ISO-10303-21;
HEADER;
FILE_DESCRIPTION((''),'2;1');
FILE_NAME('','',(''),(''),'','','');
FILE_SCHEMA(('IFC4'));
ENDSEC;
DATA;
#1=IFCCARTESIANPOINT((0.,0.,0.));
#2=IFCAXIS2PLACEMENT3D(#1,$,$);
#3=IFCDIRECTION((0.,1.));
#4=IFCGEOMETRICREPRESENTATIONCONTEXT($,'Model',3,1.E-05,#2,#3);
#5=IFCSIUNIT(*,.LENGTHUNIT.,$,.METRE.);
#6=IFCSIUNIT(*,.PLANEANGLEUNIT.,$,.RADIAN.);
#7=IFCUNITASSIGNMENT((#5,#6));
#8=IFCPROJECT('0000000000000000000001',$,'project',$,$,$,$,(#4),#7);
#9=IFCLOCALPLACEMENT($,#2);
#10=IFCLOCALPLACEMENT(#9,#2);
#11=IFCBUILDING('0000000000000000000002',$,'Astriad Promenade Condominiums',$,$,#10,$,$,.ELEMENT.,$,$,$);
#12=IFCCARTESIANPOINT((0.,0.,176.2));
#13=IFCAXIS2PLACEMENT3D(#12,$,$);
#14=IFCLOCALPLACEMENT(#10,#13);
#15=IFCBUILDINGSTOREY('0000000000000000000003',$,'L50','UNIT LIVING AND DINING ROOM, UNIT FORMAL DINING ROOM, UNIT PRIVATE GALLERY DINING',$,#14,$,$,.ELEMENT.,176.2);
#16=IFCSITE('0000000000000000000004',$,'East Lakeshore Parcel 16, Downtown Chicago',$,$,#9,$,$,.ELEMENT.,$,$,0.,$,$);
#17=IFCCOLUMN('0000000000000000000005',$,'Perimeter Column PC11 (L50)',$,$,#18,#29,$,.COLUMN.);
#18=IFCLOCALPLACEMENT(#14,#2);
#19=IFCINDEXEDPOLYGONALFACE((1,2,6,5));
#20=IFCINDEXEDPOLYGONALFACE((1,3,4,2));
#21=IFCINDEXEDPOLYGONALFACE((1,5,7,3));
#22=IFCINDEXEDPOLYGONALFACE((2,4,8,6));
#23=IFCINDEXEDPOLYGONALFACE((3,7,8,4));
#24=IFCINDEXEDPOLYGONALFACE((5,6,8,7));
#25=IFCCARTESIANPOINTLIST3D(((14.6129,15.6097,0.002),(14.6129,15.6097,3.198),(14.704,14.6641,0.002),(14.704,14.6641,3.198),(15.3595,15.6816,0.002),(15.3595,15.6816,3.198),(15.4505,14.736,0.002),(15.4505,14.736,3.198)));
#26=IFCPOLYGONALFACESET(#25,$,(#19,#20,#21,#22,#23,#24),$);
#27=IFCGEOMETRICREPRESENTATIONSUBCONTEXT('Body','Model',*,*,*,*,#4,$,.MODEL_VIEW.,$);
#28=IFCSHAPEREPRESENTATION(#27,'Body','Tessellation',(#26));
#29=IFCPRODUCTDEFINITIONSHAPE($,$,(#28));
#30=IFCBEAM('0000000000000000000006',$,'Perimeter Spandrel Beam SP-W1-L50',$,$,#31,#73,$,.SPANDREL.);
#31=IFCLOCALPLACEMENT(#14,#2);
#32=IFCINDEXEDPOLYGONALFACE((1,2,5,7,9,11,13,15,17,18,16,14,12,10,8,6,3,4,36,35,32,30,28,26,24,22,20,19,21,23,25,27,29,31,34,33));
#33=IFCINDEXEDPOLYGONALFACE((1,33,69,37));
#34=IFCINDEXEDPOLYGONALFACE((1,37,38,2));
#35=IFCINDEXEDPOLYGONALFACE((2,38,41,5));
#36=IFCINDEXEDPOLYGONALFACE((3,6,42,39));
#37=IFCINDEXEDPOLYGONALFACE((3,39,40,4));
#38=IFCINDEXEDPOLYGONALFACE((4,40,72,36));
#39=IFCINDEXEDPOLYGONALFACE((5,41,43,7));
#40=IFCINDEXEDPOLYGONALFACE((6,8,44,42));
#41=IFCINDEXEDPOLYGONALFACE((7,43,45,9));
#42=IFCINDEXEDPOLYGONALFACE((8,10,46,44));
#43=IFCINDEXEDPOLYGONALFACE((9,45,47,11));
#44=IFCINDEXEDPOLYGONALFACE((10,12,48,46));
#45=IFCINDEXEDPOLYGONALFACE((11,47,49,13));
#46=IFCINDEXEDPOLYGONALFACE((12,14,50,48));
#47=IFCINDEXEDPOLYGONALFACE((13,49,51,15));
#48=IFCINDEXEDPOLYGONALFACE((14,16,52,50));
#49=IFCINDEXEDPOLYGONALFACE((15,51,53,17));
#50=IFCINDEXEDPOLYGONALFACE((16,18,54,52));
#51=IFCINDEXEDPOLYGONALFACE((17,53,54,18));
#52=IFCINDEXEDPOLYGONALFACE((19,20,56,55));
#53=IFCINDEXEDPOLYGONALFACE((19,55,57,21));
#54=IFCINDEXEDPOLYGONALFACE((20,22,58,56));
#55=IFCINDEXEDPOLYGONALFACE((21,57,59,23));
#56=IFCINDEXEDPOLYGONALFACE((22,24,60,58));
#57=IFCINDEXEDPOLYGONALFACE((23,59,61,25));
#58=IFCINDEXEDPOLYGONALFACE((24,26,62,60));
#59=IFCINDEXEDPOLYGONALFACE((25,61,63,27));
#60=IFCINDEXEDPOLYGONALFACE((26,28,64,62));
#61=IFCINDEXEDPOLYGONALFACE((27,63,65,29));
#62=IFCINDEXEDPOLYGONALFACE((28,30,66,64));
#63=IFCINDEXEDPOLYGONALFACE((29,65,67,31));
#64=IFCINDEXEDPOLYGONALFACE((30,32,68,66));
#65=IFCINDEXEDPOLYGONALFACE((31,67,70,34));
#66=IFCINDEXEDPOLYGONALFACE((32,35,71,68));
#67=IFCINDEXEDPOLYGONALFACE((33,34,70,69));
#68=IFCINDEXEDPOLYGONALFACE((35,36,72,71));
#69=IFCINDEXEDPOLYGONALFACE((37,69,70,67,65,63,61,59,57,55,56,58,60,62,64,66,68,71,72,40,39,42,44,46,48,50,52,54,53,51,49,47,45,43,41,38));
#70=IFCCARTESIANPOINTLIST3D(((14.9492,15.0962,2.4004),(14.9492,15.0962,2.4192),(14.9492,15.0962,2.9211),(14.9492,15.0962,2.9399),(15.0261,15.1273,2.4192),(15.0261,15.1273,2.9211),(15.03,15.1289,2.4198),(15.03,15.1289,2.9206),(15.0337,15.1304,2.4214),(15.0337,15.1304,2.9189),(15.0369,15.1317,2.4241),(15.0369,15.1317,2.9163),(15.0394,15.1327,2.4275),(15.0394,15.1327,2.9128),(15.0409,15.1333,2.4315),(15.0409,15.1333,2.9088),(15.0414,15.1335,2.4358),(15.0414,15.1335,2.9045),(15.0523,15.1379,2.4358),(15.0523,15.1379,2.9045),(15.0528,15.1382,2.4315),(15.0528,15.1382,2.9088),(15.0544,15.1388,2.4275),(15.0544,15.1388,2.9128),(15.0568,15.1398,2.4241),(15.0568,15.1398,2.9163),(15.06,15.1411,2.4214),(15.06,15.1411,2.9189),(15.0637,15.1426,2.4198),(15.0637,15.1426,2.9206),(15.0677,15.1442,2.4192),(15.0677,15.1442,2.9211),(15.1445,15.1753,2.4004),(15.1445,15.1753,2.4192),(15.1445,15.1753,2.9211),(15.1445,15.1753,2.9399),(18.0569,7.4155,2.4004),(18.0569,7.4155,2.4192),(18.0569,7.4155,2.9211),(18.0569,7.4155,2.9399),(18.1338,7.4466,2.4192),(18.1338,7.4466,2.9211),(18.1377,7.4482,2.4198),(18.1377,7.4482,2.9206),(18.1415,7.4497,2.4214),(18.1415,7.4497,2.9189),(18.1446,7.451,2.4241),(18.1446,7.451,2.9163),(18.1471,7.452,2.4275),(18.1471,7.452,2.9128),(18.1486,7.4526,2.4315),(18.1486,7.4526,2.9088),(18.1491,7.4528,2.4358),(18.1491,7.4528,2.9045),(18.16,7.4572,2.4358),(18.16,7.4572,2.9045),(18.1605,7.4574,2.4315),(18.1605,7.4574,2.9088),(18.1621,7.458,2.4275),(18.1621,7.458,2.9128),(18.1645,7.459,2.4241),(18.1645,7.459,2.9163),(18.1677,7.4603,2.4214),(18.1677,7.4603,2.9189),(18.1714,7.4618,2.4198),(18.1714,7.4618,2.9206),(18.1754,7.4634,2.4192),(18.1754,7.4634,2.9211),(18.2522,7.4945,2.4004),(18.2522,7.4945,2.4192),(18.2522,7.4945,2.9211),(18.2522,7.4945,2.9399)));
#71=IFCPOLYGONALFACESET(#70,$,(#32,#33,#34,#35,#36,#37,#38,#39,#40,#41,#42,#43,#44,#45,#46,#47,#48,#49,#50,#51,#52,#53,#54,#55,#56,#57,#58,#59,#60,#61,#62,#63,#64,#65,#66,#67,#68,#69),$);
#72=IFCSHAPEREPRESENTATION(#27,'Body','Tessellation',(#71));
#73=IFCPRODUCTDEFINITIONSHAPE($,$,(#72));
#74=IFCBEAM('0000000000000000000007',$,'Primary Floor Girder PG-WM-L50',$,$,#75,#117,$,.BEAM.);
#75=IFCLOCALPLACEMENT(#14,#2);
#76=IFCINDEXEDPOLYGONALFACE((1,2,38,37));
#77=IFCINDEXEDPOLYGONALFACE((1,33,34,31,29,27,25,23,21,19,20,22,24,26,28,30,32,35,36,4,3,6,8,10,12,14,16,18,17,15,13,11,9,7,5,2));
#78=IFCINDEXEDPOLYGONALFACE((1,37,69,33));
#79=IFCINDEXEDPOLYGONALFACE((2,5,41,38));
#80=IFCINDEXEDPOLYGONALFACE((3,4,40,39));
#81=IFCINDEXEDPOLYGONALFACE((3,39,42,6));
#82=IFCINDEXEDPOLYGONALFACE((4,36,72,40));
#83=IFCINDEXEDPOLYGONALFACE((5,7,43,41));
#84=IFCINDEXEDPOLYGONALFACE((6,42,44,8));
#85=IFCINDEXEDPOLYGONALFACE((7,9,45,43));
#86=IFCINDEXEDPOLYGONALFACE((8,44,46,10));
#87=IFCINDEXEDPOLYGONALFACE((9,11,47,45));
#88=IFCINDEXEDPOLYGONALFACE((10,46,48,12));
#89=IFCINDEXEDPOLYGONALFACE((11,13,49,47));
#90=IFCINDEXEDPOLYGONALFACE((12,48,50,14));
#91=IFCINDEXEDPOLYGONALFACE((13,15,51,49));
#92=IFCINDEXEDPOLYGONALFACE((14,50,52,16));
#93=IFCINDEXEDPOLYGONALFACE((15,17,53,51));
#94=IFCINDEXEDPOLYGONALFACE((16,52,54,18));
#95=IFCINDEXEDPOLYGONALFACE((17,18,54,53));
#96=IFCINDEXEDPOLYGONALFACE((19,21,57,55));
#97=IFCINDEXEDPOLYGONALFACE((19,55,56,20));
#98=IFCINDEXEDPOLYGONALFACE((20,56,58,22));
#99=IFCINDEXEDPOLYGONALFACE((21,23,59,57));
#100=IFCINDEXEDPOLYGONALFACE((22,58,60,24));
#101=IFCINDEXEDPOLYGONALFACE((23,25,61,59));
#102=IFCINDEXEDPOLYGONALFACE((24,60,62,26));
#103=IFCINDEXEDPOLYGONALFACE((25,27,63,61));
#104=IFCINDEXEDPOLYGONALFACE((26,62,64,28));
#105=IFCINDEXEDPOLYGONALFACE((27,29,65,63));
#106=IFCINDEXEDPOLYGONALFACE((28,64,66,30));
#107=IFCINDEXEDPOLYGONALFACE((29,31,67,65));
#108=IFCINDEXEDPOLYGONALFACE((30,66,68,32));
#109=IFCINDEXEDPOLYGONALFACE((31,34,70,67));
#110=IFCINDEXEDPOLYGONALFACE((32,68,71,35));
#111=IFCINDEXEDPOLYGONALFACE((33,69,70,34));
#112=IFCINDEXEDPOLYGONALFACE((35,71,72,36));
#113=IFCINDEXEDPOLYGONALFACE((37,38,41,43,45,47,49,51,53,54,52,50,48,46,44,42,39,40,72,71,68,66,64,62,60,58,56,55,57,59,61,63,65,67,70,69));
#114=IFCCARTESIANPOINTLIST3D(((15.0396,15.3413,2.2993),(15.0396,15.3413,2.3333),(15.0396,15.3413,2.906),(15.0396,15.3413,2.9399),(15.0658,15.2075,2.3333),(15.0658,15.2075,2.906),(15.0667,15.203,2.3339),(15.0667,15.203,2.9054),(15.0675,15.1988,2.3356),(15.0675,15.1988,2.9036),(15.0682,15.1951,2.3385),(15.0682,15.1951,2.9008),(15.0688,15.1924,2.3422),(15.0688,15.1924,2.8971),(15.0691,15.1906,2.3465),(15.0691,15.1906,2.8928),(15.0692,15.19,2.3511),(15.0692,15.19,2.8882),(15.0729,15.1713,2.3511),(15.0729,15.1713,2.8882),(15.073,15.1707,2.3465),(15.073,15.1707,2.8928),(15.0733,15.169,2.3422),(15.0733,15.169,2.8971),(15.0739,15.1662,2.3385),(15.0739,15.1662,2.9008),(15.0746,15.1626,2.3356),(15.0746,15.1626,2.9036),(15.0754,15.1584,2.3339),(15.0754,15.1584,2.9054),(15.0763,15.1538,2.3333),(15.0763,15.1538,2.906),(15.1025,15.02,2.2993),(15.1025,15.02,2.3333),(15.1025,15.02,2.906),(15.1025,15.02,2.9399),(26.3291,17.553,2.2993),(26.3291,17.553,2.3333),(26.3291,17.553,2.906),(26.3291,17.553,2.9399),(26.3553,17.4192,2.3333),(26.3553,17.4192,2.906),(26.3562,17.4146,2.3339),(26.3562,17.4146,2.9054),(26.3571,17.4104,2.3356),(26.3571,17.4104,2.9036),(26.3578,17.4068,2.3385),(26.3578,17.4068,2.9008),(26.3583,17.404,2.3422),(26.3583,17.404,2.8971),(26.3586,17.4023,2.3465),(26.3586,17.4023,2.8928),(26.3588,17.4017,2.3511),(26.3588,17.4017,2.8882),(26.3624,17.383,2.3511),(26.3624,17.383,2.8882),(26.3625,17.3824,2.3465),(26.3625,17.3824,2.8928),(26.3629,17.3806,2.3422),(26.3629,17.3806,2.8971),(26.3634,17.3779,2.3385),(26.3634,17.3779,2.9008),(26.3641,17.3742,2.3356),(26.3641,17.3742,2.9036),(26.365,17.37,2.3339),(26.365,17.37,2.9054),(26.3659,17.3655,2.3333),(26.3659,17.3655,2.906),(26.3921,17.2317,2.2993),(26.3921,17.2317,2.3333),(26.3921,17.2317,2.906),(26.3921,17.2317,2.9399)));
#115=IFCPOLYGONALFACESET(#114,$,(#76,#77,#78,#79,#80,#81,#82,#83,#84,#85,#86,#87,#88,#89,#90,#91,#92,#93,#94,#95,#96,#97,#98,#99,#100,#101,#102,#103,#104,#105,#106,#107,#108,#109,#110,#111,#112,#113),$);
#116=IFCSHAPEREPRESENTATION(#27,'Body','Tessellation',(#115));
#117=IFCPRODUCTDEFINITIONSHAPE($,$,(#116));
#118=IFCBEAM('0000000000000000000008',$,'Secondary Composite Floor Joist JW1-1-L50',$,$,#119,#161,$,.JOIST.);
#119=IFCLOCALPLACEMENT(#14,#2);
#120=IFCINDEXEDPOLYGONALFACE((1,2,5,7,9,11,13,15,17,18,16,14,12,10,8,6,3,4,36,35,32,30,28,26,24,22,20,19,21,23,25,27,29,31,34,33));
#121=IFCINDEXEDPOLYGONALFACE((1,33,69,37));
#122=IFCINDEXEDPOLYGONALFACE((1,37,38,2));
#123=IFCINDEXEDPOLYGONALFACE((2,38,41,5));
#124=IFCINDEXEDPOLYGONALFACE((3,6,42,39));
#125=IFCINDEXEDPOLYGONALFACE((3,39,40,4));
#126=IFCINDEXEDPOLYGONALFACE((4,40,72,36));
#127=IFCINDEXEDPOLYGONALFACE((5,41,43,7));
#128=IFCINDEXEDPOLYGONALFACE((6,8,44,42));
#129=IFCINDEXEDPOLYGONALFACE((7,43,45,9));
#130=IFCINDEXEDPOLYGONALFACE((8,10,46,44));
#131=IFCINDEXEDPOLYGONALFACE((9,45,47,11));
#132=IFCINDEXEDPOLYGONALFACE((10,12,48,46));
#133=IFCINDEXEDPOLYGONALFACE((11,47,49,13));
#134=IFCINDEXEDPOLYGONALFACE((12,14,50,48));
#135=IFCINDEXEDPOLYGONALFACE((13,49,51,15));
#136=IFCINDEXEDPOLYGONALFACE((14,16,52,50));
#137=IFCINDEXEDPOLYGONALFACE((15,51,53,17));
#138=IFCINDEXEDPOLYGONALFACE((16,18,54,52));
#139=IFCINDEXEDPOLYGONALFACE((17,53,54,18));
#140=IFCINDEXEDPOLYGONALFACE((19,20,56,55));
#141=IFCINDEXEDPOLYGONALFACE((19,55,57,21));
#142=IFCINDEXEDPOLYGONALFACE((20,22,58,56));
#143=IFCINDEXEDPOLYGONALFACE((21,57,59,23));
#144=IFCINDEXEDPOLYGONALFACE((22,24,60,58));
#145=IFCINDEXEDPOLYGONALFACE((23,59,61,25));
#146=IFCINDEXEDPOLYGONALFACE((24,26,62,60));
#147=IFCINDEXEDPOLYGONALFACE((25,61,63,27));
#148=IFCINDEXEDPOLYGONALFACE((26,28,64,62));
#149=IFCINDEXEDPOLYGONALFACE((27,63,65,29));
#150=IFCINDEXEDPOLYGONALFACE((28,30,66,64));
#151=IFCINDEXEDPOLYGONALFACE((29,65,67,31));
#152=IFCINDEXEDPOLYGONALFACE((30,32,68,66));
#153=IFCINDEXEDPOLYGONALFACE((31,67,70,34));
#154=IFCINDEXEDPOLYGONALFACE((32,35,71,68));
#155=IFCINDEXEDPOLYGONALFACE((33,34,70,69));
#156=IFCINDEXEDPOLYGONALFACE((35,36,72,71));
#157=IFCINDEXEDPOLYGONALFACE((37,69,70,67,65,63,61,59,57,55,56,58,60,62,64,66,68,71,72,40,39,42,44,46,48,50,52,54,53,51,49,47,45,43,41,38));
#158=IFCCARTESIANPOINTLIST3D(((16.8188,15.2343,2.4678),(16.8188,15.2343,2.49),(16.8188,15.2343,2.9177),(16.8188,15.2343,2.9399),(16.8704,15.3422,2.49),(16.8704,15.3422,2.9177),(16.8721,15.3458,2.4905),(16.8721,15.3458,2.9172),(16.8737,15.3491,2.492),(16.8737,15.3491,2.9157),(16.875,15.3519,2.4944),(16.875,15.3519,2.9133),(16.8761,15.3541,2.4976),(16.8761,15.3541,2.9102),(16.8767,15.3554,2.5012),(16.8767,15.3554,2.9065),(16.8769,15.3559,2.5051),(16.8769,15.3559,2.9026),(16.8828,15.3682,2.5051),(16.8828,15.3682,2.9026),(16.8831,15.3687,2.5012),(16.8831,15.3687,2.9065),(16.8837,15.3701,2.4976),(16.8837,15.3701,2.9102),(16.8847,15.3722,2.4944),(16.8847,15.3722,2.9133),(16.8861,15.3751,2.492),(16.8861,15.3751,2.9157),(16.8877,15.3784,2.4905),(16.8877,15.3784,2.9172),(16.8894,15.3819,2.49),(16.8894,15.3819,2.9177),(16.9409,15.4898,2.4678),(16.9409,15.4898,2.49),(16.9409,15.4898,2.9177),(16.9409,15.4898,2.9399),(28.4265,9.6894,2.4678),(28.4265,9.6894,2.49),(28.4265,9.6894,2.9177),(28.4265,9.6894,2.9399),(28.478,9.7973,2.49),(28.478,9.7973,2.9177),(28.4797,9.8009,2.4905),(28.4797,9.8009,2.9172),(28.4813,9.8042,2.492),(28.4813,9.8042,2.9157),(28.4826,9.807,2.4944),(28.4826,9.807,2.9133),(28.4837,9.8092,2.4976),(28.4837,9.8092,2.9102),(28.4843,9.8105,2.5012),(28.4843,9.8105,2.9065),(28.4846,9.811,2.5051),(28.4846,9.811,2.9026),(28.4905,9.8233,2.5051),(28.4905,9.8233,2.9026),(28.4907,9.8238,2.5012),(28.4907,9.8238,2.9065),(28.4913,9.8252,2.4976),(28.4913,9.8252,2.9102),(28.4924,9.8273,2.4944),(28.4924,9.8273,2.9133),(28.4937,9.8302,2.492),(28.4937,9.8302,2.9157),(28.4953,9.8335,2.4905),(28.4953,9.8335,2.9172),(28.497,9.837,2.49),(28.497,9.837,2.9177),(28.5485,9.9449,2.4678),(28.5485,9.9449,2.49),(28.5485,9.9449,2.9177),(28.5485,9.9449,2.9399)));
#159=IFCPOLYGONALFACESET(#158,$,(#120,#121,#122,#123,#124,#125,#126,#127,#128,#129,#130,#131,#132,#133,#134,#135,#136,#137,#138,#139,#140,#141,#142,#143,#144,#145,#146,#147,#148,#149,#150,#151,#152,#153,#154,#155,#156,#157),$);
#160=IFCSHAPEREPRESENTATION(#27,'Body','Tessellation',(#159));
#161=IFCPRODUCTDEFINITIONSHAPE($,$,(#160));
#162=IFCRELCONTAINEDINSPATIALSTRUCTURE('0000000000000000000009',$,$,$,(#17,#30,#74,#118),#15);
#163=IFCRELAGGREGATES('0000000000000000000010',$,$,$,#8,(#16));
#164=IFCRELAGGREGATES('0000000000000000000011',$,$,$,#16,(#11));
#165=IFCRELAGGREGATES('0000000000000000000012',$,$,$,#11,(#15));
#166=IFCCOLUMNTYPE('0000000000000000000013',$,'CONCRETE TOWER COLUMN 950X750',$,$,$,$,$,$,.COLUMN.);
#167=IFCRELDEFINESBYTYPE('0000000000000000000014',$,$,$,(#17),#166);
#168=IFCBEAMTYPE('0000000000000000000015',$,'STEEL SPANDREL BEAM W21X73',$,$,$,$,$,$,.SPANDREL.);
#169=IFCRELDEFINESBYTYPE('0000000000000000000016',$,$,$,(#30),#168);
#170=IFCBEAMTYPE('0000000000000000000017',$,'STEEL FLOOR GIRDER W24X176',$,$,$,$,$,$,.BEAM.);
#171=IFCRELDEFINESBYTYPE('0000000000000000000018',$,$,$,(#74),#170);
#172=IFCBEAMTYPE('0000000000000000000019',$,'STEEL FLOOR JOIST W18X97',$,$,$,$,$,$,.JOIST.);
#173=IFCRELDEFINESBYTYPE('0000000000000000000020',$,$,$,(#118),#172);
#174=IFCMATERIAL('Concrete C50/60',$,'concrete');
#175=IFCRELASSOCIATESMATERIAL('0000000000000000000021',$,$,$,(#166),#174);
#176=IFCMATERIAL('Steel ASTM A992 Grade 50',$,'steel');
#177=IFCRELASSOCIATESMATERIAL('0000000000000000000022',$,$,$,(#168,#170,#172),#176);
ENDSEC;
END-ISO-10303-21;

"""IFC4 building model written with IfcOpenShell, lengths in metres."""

from ifc_helpers import new_model, si_unit, direction, frame, origin, origin_2d, place, context, subcontext, project, spatial, rectangle, i_section, extrude, source, transform, mapped, material, material_profile, profile_set, type_object, type_shapes, element, save


model = new_model("IFC4")

# Units and contexts
model_context = context("Model", 3, precision=1e-05, world=origin(), true_north=direction((0.0, 1.0)))
body_context = subcontext(model_context, "Body", "Model", "MODEL_VIEW")
ifc_project = project(units=[si_unit("LENGTHUNIT", "METRE"), si_unit("PLANEANGLEUNIT", "RADIAN")], contexts=[model_context])

# Site, building, storey
site_placement = place(None, origin())
site = spatial("IfcSite", under=ifc_project, at=site_placement, Name="East Lakeshore Parcel 16, Downtown Chicago", CompositionType="ELEMENT", RefElevation=0.0)
building_placement = place(site_placement, origin())
building = spatial("IfcBuilding", under=site, at=building_placement, Name="Astriad Promenade Condominiums", CompositionType="ELEMENT")
storey_placement = place(building_placement, frame((0.0, 0.0, 176.2)))
storey = spatial("IfcBuildingStorey", under=building, at=storey_placement, Name="L50", Description="UNIT LIVING AND DINING ROOM, UNIT FORMAL DINING ROOM, UNIT PRIVATE GALLERY DINING", CompositionType="ELEMENT", Elevation=176.2)

# Column
ifc_material_1 = material(Name="Concrete C50/60", Category="concrete")
ifc_material_profile_1 = material_profile(ifc_material_1, rectangle(XDim=0.75, YDim=0.95, at=origin_2d()), Name="RC-COL-950X750")
ifc_profile_set_1 = profile_set([ifc_material_profile_1], Name="Concrete C50/60")
column_type = type_object("IfcColumnType", Name="CONCRETE TOWER COLUMN 950X750", PredefinedType="COLUMN", material=ifc_profile_set_1)
shared_shape_1 = source(origin(), body_context, "Body", "SweptSolid", [
    extrude(rectangle(XDim=0.75, YDim=0.95, at=origin_2d()), origin(), (0.0, 0.0, 1.0), 3.196),
])
type_shapes(column_type, [shared_shape_1])
column_placement = place(storey_placement, frame((15.0317, 15.1729, 0.002), z_axis=(0.0, 0.0, 1.0), x_axis=(0.995396, 0.095846, 0.0)))
element("IfcColumn", 1, at=column_placement, inside=storey, type_object=column_type, Name="Perimeter Column PC11 (L50)", PredefinedType="COLUMN", context=body_context, shape_type="MappedRepresentation", body=[
    mapped(shared_shape_1, transform((0.0, 0.0, 0.0), scale=1.0)),
])

# Beams
ifc_material_2 = material(Name="Steel ASTM A992 Grade 50", Category="steel")
ifc_material_profile_2 = material_profile(ifc_material_2, i_section(OverallWidth=0.2107, OverallDepth=0.5396, WebThickness=0.0117, FlangeThickness=0.0188, FilletRadius=0.0166, at=origin_2d()), Name="W21X73")
ifc_profile_set_2 = profile_set([ifc_material_profile_2], Name="Steel ASTM A992 Grade 50")
beam_type_1 = type_object("IfcBeamType", Name="STEEL SPANDREL BEAM W21X73", PredefinedType="SPANDREL", material=ifc_profile_set_2)
shared_shape_2 = source(origin(), body_context, "Body", "SweptSolid", [
    extrude(i_section(OverallWidth=0.2107, OverallDepth=0.5396, WebThickness=0.0117, FlangeThickness=0.0188, FilletRadius=0.0166, at=origin_2d()), origin(), (0.0, 0.0, 1.0), 8.2856),
])
type_shapes(beam_type_1, [shared_shape_2])
beam_1_placement = place(storey_placement, frame((15.0469, 15.1357, 2.6702), z_axis=(0.375071, -0.926996, 0.0), x_axis=(0.926996, 0.375071, 0.0)))
element("IfcBeam", 2, at=beam_1_placement, inside=storey, type_object=beam_type_1, Name="Perimeter Spandrel Beam SP-W1-L50", PredefinedType="SPANDREL", context=body_context, shape_type="MappedRepresentation", body=[
    mapped(shared_shape_2, transform((0.0, 0.0, 0.0), scale=1.0)),
])
ifc_material_profile_3 = material_profile(ifc_material_2, i_section(OverallWidth=0.3274, OverallDepth=0.6406, WebThickness=0.019, FlangeThickness=0.0339, FilletRadius=0.0178, at=origin_2d()), Name="W24X176")
ifc_profile_set_3 = profile_set([ifc_material_profile_3], Name="Steel ASTM A992 Grade 50")
beam_type_2 = type_object("IfcBeamType", Name="STEEL FLOOR GIRDER W24X176", PredefinedType="BEAM", material=ifc_profile_set_3)
shared_shape_3 = source(origin(), body_context, "Body", "SweptSolid", [
    extrude(i_section(OverallWidth=0.3274, OverallDepth=0.6406, WebThickness=0.019, FlangeThickness=0.0339, FilletRadius=0.0178, at=origin_2d()), origin(), (0.0, 0.0, 1.0), 11.5042),
])
type_shapes(beam_type_2, [shared_shape_3])
beam_2_placement = place(storey_placement, frame((15.071, 15.1807, 2.6196), z_axis=(0.981346, 0.19225, 0.0), x_axis=(-0.19225, 0.981346, 0.0)))
element("IfcBeam", 3, at=beam_2_placement, inside=storey, type_object=beam_type_2, Name="Primary Floor Girder PG-WM-L50", PredefinedType="BEAM", context=body_context, shape_type="MappedRepresentation", body=[
    mapped(shared_shape_3, transform((0.0, 0.0, 0.0), scale=1.0)),
])
ifc_material_profile_4 = material_profile(ifc_material_2, i_section(OverallWidth=0.2832, OverallDepth=0.4722, WebThickness=0.0137, FlangeThickness=0.0222, FilletRadius=0.0151, at=origin_2d()), Name="W18X97")
ifc_profile_set_4 = profile_set([ifc_material_profile_4], Name="Steel ASTM A992 Grade 50")
beam_type_3 = type_object("IfcBeamType", Name="STEEL FLOOR JOIST W18X97", PredefinedType="JOIST", material=ifc_profile_set_4)
shared_shape_4 = source(origin(), body_context, "Body", "SweptSolid", [
    extrude(i_section(OverallWidth=0.2832, OverallDepth=0.4722, WebThickness=0.0137, FlangeThickness=0.0222, FilletRadius=0.0151, at=origin_2d()), origin(), (0.0, 0.0, 1.0), 12.864),
])
beam_3_placement = place(storey_placement, frame((16.8799, 15.3621, 2.7039), z_axis=(0.902333, -0.43104, 0.0), x_axis=(0.43104, 0.902333, 0.0)))
element("IfcBeam", 4, at=beam_3_placement, inside=storey, type_object=beam_type_3, Name="Secondary Composite Floor Joist JW1-1-L50", PredefinedType="JOIST", context=body_context, shape_type="MappedRepresentation", body=[
    mapped(shared_shape_4, transform((0.0, 0.0, 0.0), scale=1.0)),
])

save(model, "model.ifc")
